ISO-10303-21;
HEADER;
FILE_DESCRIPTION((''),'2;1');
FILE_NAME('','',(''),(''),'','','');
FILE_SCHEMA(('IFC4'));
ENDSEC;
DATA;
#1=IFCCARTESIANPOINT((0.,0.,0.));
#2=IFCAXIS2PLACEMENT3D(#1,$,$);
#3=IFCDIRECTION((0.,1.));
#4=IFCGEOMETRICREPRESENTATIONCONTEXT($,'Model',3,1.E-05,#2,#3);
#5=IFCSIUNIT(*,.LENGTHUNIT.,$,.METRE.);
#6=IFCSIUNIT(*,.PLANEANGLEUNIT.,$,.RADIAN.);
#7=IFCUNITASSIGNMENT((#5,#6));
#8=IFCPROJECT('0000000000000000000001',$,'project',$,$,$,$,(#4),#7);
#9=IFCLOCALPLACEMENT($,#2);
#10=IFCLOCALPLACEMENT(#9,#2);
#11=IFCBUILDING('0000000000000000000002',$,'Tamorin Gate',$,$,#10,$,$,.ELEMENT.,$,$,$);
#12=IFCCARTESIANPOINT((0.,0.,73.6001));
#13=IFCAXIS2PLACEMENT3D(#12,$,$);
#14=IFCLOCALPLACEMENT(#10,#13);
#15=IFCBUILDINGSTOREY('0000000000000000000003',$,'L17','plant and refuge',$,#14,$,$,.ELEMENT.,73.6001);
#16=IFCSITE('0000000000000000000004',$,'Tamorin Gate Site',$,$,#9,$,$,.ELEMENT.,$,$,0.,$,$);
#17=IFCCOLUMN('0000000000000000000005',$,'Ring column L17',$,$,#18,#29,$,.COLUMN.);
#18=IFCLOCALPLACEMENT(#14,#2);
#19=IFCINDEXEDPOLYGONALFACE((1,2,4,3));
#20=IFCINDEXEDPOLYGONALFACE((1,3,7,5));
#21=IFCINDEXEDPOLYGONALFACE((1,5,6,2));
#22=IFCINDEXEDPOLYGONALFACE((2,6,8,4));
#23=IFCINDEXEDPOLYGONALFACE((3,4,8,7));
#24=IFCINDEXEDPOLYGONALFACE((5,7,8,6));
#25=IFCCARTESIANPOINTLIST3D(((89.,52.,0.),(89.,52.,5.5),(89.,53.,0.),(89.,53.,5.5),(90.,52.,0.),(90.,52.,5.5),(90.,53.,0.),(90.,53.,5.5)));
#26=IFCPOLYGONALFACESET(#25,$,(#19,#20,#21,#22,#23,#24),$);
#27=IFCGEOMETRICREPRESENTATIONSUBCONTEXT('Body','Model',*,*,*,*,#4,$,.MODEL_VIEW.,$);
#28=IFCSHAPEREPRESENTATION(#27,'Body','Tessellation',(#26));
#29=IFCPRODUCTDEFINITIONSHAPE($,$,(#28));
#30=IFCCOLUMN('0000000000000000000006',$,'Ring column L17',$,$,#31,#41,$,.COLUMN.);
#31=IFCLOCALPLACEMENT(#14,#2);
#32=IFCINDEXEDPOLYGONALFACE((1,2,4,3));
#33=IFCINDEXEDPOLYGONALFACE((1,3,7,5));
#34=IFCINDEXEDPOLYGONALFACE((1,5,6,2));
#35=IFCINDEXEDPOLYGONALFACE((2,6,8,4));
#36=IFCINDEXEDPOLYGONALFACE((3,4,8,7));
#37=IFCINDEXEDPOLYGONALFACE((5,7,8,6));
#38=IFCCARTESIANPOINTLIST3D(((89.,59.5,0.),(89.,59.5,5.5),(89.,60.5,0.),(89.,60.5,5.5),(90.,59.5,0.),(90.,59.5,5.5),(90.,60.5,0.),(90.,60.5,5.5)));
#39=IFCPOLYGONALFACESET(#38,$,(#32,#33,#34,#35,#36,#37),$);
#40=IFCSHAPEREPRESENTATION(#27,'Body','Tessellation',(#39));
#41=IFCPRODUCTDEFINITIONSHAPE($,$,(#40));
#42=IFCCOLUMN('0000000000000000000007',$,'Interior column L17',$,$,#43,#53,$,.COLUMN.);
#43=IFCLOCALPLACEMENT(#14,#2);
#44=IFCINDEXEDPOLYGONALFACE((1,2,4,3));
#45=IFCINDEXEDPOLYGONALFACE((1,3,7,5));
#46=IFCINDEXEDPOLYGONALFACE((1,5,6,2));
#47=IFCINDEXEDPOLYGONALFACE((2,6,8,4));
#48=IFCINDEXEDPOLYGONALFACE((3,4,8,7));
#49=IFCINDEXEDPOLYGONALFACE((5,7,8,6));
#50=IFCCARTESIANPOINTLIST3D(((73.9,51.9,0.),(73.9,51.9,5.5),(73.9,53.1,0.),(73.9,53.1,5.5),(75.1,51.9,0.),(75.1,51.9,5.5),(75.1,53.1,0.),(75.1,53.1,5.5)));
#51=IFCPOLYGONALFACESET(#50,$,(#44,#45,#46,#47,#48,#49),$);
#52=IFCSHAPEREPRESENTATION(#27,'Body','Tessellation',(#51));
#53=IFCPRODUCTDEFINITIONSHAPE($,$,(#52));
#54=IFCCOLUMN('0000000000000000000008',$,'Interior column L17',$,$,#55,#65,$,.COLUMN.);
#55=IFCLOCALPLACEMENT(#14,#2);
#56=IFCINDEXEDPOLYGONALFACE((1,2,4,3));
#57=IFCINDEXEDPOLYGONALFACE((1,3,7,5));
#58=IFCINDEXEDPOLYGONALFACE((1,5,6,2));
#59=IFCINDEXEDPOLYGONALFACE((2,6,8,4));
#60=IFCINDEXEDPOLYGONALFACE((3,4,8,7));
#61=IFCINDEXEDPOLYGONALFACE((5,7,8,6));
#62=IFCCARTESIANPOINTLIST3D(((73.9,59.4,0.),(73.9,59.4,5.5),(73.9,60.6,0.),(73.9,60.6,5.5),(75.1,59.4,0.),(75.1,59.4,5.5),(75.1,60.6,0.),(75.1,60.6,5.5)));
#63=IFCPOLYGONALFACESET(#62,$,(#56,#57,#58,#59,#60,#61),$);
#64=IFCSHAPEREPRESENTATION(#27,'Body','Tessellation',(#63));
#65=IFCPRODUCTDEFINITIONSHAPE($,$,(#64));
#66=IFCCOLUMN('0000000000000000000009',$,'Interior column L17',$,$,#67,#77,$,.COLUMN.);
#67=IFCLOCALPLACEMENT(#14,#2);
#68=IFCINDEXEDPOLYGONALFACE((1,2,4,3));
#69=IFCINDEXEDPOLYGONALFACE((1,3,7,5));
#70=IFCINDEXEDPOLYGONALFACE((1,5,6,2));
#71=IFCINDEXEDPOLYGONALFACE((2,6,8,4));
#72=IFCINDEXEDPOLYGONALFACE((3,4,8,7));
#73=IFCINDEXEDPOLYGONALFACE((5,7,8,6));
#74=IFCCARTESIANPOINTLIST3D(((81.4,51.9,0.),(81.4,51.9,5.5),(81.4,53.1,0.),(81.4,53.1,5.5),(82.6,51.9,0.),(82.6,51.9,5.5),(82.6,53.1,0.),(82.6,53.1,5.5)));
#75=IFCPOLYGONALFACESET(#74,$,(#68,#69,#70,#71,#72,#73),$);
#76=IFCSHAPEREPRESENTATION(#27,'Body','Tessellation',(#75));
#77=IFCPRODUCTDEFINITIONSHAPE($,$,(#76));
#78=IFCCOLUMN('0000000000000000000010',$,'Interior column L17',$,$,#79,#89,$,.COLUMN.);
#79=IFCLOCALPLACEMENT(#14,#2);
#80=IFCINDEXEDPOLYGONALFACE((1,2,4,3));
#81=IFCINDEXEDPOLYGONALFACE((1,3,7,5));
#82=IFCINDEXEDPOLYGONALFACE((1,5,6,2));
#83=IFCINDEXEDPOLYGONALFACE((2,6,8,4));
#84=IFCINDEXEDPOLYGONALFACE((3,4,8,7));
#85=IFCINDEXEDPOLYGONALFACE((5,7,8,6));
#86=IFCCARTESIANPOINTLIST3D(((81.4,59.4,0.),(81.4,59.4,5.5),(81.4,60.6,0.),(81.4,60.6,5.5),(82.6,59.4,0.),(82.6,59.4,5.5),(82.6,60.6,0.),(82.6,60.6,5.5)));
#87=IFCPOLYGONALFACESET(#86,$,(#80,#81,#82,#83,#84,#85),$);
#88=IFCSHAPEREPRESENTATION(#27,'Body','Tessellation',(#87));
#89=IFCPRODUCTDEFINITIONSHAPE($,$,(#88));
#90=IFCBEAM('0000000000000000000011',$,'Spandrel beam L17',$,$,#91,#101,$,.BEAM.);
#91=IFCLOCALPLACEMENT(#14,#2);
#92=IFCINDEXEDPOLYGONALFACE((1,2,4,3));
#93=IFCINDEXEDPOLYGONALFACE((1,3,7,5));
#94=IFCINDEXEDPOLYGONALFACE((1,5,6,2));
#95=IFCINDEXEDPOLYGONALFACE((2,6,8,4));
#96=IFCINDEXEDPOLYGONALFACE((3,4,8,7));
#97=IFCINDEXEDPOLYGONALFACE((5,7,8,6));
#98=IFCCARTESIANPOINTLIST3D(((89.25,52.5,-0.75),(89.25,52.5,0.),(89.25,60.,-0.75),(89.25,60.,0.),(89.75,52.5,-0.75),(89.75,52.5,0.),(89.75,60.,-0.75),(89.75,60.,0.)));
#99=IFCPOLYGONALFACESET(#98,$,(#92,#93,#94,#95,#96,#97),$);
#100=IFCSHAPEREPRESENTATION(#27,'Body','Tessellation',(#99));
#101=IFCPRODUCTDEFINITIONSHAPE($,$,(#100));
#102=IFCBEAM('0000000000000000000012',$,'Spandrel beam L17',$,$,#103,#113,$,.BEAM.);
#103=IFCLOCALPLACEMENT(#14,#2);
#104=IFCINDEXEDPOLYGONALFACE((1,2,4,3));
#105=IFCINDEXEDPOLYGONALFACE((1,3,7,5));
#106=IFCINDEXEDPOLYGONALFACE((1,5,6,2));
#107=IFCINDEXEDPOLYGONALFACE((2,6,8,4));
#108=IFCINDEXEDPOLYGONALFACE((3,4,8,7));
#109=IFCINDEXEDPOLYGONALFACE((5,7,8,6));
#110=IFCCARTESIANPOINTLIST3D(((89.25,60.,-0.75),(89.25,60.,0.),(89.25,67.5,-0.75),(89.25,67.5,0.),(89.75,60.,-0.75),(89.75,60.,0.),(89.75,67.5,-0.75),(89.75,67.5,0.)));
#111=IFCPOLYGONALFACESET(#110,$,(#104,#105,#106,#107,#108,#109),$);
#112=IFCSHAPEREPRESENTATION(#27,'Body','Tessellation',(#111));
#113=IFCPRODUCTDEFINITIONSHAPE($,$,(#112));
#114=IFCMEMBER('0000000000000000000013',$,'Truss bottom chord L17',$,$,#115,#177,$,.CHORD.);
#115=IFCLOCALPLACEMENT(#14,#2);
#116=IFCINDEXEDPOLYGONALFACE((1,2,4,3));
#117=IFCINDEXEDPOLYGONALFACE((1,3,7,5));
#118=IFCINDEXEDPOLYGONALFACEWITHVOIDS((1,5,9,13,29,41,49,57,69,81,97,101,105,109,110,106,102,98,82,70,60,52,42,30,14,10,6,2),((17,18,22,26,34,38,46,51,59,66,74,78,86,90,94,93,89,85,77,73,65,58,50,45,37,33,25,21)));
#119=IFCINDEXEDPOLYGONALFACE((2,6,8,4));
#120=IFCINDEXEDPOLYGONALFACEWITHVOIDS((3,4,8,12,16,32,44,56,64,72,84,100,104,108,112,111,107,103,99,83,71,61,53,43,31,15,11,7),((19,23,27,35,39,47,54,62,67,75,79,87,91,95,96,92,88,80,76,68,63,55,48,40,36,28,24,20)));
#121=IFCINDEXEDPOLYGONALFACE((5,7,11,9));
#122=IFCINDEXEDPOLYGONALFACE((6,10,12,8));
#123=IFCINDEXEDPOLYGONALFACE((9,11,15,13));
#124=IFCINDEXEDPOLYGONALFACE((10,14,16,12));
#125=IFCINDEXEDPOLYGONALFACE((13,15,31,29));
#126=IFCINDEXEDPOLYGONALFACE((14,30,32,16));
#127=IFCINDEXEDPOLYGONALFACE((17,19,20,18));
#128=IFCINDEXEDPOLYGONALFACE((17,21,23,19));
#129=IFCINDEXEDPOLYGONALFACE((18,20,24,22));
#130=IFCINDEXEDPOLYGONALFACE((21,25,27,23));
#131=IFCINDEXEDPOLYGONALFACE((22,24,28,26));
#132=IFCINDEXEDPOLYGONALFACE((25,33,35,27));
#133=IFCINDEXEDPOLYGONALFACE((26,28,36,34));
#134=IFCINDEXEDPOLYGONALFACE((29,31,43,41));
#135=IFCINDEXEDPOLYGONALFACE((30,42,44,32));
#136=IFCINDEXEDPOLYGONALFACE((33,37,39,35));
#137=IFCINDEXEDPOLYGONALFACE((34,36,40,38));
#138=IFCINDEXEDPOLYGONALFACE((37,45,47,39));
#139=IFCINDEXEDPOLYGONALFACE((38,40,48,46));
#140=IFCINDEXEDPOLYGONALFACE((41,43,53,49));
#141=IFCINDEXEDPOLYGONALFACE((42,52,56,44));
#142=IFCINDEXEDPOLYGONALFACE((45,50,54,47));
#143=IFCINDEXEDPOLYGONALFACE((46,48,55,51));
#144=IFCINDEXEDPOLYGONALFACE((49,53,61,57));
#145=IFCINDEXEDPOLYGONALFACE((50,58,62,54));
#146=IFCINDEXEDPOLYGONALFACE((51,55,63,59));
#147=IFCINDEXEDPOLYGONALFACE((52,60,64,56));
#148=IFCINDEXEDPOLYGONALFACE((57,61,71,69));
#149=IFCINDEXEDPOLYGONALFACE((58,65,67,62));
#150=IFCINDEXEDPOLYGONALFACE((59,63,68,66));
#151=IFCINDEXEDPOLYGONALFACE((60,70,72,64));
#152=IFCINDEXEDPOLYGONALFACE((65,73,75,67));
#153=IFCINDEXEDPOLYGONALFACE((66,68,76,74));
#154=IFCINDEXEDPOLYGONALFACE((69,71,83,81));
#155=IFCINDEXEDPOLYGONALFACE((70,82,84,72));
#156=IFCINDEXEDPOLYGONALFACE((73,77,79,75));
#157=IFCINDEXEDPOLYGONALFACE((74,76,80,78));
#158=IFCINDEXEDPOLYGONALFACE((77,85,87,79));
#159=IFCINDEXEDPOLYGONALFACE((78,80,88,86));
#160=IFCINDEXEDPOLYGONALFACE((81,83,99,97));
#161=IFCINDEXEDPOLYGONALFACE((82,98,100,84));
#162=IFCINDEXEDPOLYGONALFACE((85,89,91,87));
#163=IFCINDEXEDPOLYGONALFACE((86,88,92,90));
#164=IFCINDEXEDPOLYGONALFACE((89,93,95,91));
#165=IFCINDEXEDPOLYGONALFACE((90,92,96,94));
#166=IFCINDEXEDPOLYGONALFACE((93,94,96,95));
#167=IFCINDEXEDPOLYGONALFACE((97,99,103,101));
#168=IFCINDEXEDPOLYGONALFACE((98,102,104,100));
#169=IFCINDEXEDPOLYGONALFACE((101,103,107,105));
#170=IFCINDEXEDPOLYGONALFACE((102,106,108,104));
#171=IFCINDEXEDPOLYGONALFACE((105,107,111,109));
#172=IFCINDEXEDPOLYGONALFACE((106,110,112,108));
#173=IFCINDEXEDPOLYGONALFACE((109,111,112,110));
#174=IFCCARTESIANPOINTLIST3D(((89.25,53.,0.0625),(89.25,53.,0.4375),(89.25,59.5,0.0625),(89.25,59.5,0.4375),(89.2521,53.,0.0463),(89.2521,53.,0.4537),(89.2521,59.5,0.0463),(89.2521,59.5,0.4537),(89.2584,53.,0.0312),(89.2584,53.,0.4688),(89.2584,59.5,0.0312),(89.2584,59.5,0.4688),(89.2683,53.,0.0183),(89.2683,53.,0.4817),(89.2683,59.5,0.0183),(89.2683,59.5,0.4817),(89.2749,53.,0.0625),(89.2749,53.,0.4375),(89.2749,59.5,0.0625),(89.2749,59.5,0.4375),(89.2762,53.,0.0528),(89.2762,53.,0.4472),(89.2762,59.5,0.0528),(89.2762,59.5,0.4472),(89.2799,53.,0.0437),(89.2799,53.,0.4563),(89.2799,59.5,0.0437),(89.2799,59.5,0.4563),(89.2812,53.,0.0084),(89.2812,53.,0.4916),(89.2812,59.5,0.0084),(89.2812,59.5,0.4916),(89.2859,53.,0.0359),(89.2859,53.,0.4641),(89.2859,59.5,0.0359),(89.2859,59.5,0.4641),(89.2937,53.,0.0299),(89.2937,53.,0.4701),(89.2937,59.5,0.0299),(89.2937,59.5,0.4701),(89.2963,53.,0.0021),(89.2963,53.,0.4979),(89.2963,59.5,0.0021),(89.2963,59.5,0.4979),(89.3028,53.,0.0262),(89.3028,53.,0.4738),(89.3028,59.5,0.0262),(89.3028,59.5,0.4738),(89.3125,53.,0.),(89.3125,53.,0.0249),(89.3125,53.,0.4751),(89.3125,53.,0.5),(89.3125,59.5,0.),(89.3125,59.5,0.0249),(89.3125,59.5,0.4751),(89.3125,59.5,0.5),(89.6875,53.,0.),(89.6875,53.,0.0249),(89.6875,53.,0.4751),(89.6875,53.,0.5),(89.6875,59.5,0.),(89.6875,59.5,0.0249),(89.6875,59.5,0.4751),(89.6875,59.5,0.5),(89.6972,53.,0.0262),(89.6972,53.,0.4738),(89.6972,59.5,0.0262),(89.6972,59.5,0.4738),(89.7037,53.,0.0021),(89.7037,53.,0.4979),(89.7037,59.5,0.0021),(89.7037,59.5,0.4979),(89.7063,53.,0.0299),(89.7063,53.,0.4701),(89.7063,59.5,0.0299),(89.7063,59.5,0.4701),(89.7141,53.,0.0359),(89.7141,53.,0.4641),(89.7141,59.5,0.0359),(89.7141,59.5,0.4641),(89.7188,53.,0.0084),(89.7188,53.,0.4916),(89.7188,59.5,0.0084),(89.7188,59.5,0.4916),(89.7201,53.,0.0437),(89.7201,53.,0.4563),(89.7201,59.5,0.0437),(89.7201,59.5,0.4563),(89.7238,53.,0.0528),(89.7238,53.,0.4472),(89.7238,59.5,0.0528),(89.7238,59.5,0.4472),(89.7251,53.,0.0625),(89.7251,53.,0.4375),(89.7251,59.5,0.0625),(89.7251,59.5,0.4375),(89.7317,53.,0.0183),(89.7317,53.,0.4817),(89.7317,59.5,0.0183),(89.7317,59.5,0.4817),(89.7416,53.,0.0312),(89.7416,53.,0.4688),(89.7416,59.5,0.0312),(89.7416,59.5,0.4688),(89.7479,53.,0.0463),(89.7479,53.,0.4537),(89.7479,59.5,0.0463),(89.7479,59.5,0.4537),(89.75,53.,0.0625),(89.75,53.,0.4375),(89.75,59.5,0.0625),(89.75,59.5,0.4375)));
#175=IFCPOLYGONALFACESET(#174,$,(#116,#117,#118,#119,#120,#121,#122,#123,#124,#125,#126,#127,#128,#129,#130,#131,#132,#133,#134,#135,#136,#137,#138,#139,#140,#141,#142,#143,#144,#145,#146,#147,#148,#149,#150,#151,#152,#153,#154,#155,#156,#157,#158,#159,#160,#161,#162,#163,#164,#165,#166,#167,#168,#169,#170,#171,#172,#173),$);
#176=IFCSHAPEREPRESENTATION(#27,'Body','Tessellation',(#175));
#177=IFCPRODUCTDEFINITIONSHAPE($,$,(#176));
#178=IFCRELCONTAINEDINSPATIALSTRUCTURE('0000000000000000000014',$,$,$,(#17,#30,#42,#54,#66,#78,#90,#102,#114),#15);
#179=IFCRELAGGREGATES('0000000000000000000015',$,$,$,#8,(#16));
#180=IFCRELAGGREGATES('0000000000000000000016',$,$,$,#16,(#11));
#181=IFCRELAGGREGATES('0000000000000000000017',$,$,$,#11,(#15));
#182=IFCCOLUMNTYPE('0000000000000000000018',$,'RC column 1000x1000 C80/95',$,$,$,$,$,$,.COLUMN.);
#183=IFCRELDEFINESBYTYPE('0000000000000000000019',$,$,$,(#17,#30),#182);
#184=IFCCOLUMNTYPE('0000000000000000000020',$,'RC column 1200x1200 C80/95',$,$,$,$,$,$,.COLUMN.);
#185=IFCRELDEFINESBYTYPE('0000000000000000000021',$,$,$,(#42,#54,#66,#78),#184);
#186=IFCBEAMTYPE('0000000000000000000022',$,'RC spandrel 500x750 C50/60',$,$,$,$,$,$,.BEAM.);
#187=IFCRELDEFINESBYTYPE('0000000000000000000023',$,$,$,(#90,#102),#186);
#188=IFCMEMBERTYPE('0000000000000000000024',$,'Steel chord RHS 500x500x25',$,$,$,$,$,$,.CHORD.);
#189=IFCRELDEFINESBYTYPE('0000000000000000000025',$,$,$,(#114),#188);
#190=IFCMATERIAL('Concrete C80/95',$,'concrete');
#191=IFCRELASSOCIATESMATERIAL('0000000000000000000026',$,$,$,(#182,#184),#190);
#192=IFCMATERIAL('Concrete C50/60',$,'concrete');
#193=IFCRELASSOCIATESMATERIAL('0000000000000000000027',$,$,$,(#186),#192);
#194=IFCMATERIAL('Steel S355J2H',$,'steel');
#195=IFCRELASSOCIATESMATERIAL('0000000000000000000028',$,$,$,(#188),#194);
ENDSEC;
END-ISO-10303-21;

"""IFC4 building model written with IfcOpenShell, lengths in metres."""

from ifc_helpers import new_model, si_unit, direction, frame, origin, origin_2d, place, context, subcontext, project, spatial, rectangle, hollow_rectangle, extrude, material, material_profile, profile_set, type_object, element, save


model = new_model("IFC4")

# Units and contexts
model_context = context("Model", 3, precision=1e-05, world=origin(), true_north=direction((0.0, 1.0)))
body_context = subcontext(model_context, "Body", "Model", "MODEL_VIEW")
ifc_project = project(units=[si_unit("LENGTHUNIT", "METRE"), si_unit("PLANEANGLEUNIT", "RADIAN")], contexts=[model_context])

# Site, building, storey
site_placement = place(None, origin())
site = spatial("IfcSite", under=ifc_project, at=site_placement, Name="Tamorin Gate Site", CompositionType="ELEMENT", RefElevation=0.0)
building_placement = place(site_placement, origin())
building = spatial("IfcBuilding", under=site, at=building_placement, Name="Tamorin Gate", CompositionType="ELEMENT")
storey_placement = place(building_placement, frame((0.0, 0.0, 73.6001)))
storey = spatial("IfcBuildingStorey", under=building, at=storey_placement, Name="L17", Description="plant and refuge", CompositionType="ELEMENT", Elevation=73.6001)

# Columns
ifc_material_1 = material(Name="Concrete C80/95", Category="concrete")
ifc_material_profile_1 = material_profile(ifc_material_1, rectangle(XDim=1.0, YDim=1.0, at=origin_2d()), Name="RC 1000x1000")
ifc_profile_set_1 = profile_set([ifc_material_profile_1], Name="Concrete C80/95")
column_type_1 = type_object("IfcColumnType", Name="RC column 1000x1000 C80/95", PredefinedType="COLUMN", material=ifc_profile_set_1)
for number, where, z_axis, x_axis, name in (
    (1, (89.5, 52.5, 0.0), (0.0, 0.0, 1.0), (1.0, 0.0, 0.0), "Ring column L17"),
    (2, (89.5, 60.0, 0.0), (0.0, 0.0, 1.0), (1.0, 0.0, 0.0), "Ring column L17"),
):
    element("IfcColumn", number, at=place(storey_placement, frame(where, z_axis=z_axis, x_axis=x_axis)), inside=storey, type_object=column_type_1, Name=name, PredefinedType="COLUMN", context=body_context, shape_type="SweptSolid", body=[
        extrude(rectangle(XDim=1.0, YDim=1.0, at=origin_2d()), origin(), (0.0, 0.0, 1.0), 5.5),
    ])
ifc_material_profile_2 = material_profile(ifc_material_1, rectangle(XDim=1.2, YDim=1.2, at=origin_2d()), Name="RC 1200x1200")
ifc_profile_set_2 = profile_set([ifc_material_profile_2], Name="Concrete C80/95")
column_type_2 = type_object("IfcColumnType", Name="RC column 1200x1200 C80/95", PredefinedType="COLUMN", material=ifc_profile_set_2)
for number, where, z_axis, x_axis, name in (
    (3, (74.5, 52.5, 0.0), (0.0, 0.0, 1.0), (1.0, 0.0, 0.0), "Interior column L17"),
    (4, (74.5, 60.0, 0.0), (0.0, 0.0, 1.0), (1.0, 0.0, 0.0), "Interior column L17"),
    (5, (82.0, 52.5, 0.0), (0.0, 0.0, 1.0), (1.0, 0.0, 0.0), "Interior column L17"),
    (6, (82.0, 60.0, 0.0), (0.0, 0.0, 1.0), (1.0, 0.0, 0.0), "Interior column L17"),
):
    element("IfcColumn", number, at=place(storey_placement, frame(where, z_axis=z_axis, x_axis=x_axis)), inside=storey, type_object=column_type_2, Name=name, PredefinedType="COLUMN", context=body_context, shape_type="SweptSolid", body=[
        extrude(rectangle(XDim=1.2, YDim=1.2, at=origin_2d()), origin(), (0.0, 0.0, 1.0), 5.5),
    ])

# Beams
ifc_material_2 = material(Name="Concrete C50/60", Category="concrete")
ifc_material_profile_3 = material_profile(ifc_material_2, rectangle(XDim=0.5, YDim=0.75, at=origin_2d()), Name="RC 500x750")
ifc_profile_set_3 = profile_set([ifc_material_profile_3], Name="Concrete C50/60")
beam_type = type_object("IfcBeamType", Name="RC spandrel 500x750 C50/60", PredefinedType="BEAM", material=ifc_profile_set_3)
for number, where, z_axis, x_axis, name in (
    (7, (89.5, 52.5, -0.375), (0.0, 1.0, 0.0), (-1.0, 0.0, 0.0), "Spandrel beam L17"),
    (8, (89.5, 60.0, -0.375), (0.0, 1.0, 0.0), (-1.0, 0.0, 0.0), "Spandrel beam L17"),
):
    element("IfcBeam", number, at=place(storey_placement, frame(where, z_axis=z_axis, x_axis=x_axis)), inside=storey, type_object=beam_type, Name=name, PredefinedType="BEAM", context=body_context, shape_type="SweptSolid", body=[
        extrude(rectangle(XDim=0.5, YDim=0.75, at=origin_2d()), origin(), (0.0, 0.0, 1.0), 7.5),
    ])

# Member
ifc_material_3 = material(Name="Steel S355J2H", Category="steel")
ifc_material_profile_4 = material_profile(ifc_material_3, hollow_rectangle(XDim=0.5, YDim=0.5, WallThickness=0.0249, InnerFilletRadius=0.0376, OuterFilletRadius=0.0625, at=origin_2d()), Name="RHS 500x500x25")
ifc_profile_set_4 = profile_set([ifc_material_profile_4], Name="Steel S355J2H")
member_type_1 = type_object("IfcMemberType", Name="Steel chord RHS 500x500x25", PredefinedType="CHORD", material=ifc_profile_set_4)
for number, where, z_axis, x_axis, name in (
    (9, (89.5, 53.0, 0.25), (0.0, 1.0, 0.0), (-1.0, 0.0, 0.0), "Truss bottom chord L17"),
):
    element("IfcMember", number, at=place(storey_placement, frame(where, z_axis=z_axis, x_axis=x_axis)), inside=storey, type_object=member_type_1, Name=name, PredefinedType="CHORD", context=body_context, shape_type="SweptSolid", body=[
        extrude(hollow_rectangle(XDim=0.5, YDim=0.5, WallThickness=0.0249, InnerFilletRadius=0.0376, OuterFilletRadius=0.0625, at=origin_2d()), origin(), (0.0, 0.0, 1.0), 6.5),
    ])

save(model, "model.ifc")
